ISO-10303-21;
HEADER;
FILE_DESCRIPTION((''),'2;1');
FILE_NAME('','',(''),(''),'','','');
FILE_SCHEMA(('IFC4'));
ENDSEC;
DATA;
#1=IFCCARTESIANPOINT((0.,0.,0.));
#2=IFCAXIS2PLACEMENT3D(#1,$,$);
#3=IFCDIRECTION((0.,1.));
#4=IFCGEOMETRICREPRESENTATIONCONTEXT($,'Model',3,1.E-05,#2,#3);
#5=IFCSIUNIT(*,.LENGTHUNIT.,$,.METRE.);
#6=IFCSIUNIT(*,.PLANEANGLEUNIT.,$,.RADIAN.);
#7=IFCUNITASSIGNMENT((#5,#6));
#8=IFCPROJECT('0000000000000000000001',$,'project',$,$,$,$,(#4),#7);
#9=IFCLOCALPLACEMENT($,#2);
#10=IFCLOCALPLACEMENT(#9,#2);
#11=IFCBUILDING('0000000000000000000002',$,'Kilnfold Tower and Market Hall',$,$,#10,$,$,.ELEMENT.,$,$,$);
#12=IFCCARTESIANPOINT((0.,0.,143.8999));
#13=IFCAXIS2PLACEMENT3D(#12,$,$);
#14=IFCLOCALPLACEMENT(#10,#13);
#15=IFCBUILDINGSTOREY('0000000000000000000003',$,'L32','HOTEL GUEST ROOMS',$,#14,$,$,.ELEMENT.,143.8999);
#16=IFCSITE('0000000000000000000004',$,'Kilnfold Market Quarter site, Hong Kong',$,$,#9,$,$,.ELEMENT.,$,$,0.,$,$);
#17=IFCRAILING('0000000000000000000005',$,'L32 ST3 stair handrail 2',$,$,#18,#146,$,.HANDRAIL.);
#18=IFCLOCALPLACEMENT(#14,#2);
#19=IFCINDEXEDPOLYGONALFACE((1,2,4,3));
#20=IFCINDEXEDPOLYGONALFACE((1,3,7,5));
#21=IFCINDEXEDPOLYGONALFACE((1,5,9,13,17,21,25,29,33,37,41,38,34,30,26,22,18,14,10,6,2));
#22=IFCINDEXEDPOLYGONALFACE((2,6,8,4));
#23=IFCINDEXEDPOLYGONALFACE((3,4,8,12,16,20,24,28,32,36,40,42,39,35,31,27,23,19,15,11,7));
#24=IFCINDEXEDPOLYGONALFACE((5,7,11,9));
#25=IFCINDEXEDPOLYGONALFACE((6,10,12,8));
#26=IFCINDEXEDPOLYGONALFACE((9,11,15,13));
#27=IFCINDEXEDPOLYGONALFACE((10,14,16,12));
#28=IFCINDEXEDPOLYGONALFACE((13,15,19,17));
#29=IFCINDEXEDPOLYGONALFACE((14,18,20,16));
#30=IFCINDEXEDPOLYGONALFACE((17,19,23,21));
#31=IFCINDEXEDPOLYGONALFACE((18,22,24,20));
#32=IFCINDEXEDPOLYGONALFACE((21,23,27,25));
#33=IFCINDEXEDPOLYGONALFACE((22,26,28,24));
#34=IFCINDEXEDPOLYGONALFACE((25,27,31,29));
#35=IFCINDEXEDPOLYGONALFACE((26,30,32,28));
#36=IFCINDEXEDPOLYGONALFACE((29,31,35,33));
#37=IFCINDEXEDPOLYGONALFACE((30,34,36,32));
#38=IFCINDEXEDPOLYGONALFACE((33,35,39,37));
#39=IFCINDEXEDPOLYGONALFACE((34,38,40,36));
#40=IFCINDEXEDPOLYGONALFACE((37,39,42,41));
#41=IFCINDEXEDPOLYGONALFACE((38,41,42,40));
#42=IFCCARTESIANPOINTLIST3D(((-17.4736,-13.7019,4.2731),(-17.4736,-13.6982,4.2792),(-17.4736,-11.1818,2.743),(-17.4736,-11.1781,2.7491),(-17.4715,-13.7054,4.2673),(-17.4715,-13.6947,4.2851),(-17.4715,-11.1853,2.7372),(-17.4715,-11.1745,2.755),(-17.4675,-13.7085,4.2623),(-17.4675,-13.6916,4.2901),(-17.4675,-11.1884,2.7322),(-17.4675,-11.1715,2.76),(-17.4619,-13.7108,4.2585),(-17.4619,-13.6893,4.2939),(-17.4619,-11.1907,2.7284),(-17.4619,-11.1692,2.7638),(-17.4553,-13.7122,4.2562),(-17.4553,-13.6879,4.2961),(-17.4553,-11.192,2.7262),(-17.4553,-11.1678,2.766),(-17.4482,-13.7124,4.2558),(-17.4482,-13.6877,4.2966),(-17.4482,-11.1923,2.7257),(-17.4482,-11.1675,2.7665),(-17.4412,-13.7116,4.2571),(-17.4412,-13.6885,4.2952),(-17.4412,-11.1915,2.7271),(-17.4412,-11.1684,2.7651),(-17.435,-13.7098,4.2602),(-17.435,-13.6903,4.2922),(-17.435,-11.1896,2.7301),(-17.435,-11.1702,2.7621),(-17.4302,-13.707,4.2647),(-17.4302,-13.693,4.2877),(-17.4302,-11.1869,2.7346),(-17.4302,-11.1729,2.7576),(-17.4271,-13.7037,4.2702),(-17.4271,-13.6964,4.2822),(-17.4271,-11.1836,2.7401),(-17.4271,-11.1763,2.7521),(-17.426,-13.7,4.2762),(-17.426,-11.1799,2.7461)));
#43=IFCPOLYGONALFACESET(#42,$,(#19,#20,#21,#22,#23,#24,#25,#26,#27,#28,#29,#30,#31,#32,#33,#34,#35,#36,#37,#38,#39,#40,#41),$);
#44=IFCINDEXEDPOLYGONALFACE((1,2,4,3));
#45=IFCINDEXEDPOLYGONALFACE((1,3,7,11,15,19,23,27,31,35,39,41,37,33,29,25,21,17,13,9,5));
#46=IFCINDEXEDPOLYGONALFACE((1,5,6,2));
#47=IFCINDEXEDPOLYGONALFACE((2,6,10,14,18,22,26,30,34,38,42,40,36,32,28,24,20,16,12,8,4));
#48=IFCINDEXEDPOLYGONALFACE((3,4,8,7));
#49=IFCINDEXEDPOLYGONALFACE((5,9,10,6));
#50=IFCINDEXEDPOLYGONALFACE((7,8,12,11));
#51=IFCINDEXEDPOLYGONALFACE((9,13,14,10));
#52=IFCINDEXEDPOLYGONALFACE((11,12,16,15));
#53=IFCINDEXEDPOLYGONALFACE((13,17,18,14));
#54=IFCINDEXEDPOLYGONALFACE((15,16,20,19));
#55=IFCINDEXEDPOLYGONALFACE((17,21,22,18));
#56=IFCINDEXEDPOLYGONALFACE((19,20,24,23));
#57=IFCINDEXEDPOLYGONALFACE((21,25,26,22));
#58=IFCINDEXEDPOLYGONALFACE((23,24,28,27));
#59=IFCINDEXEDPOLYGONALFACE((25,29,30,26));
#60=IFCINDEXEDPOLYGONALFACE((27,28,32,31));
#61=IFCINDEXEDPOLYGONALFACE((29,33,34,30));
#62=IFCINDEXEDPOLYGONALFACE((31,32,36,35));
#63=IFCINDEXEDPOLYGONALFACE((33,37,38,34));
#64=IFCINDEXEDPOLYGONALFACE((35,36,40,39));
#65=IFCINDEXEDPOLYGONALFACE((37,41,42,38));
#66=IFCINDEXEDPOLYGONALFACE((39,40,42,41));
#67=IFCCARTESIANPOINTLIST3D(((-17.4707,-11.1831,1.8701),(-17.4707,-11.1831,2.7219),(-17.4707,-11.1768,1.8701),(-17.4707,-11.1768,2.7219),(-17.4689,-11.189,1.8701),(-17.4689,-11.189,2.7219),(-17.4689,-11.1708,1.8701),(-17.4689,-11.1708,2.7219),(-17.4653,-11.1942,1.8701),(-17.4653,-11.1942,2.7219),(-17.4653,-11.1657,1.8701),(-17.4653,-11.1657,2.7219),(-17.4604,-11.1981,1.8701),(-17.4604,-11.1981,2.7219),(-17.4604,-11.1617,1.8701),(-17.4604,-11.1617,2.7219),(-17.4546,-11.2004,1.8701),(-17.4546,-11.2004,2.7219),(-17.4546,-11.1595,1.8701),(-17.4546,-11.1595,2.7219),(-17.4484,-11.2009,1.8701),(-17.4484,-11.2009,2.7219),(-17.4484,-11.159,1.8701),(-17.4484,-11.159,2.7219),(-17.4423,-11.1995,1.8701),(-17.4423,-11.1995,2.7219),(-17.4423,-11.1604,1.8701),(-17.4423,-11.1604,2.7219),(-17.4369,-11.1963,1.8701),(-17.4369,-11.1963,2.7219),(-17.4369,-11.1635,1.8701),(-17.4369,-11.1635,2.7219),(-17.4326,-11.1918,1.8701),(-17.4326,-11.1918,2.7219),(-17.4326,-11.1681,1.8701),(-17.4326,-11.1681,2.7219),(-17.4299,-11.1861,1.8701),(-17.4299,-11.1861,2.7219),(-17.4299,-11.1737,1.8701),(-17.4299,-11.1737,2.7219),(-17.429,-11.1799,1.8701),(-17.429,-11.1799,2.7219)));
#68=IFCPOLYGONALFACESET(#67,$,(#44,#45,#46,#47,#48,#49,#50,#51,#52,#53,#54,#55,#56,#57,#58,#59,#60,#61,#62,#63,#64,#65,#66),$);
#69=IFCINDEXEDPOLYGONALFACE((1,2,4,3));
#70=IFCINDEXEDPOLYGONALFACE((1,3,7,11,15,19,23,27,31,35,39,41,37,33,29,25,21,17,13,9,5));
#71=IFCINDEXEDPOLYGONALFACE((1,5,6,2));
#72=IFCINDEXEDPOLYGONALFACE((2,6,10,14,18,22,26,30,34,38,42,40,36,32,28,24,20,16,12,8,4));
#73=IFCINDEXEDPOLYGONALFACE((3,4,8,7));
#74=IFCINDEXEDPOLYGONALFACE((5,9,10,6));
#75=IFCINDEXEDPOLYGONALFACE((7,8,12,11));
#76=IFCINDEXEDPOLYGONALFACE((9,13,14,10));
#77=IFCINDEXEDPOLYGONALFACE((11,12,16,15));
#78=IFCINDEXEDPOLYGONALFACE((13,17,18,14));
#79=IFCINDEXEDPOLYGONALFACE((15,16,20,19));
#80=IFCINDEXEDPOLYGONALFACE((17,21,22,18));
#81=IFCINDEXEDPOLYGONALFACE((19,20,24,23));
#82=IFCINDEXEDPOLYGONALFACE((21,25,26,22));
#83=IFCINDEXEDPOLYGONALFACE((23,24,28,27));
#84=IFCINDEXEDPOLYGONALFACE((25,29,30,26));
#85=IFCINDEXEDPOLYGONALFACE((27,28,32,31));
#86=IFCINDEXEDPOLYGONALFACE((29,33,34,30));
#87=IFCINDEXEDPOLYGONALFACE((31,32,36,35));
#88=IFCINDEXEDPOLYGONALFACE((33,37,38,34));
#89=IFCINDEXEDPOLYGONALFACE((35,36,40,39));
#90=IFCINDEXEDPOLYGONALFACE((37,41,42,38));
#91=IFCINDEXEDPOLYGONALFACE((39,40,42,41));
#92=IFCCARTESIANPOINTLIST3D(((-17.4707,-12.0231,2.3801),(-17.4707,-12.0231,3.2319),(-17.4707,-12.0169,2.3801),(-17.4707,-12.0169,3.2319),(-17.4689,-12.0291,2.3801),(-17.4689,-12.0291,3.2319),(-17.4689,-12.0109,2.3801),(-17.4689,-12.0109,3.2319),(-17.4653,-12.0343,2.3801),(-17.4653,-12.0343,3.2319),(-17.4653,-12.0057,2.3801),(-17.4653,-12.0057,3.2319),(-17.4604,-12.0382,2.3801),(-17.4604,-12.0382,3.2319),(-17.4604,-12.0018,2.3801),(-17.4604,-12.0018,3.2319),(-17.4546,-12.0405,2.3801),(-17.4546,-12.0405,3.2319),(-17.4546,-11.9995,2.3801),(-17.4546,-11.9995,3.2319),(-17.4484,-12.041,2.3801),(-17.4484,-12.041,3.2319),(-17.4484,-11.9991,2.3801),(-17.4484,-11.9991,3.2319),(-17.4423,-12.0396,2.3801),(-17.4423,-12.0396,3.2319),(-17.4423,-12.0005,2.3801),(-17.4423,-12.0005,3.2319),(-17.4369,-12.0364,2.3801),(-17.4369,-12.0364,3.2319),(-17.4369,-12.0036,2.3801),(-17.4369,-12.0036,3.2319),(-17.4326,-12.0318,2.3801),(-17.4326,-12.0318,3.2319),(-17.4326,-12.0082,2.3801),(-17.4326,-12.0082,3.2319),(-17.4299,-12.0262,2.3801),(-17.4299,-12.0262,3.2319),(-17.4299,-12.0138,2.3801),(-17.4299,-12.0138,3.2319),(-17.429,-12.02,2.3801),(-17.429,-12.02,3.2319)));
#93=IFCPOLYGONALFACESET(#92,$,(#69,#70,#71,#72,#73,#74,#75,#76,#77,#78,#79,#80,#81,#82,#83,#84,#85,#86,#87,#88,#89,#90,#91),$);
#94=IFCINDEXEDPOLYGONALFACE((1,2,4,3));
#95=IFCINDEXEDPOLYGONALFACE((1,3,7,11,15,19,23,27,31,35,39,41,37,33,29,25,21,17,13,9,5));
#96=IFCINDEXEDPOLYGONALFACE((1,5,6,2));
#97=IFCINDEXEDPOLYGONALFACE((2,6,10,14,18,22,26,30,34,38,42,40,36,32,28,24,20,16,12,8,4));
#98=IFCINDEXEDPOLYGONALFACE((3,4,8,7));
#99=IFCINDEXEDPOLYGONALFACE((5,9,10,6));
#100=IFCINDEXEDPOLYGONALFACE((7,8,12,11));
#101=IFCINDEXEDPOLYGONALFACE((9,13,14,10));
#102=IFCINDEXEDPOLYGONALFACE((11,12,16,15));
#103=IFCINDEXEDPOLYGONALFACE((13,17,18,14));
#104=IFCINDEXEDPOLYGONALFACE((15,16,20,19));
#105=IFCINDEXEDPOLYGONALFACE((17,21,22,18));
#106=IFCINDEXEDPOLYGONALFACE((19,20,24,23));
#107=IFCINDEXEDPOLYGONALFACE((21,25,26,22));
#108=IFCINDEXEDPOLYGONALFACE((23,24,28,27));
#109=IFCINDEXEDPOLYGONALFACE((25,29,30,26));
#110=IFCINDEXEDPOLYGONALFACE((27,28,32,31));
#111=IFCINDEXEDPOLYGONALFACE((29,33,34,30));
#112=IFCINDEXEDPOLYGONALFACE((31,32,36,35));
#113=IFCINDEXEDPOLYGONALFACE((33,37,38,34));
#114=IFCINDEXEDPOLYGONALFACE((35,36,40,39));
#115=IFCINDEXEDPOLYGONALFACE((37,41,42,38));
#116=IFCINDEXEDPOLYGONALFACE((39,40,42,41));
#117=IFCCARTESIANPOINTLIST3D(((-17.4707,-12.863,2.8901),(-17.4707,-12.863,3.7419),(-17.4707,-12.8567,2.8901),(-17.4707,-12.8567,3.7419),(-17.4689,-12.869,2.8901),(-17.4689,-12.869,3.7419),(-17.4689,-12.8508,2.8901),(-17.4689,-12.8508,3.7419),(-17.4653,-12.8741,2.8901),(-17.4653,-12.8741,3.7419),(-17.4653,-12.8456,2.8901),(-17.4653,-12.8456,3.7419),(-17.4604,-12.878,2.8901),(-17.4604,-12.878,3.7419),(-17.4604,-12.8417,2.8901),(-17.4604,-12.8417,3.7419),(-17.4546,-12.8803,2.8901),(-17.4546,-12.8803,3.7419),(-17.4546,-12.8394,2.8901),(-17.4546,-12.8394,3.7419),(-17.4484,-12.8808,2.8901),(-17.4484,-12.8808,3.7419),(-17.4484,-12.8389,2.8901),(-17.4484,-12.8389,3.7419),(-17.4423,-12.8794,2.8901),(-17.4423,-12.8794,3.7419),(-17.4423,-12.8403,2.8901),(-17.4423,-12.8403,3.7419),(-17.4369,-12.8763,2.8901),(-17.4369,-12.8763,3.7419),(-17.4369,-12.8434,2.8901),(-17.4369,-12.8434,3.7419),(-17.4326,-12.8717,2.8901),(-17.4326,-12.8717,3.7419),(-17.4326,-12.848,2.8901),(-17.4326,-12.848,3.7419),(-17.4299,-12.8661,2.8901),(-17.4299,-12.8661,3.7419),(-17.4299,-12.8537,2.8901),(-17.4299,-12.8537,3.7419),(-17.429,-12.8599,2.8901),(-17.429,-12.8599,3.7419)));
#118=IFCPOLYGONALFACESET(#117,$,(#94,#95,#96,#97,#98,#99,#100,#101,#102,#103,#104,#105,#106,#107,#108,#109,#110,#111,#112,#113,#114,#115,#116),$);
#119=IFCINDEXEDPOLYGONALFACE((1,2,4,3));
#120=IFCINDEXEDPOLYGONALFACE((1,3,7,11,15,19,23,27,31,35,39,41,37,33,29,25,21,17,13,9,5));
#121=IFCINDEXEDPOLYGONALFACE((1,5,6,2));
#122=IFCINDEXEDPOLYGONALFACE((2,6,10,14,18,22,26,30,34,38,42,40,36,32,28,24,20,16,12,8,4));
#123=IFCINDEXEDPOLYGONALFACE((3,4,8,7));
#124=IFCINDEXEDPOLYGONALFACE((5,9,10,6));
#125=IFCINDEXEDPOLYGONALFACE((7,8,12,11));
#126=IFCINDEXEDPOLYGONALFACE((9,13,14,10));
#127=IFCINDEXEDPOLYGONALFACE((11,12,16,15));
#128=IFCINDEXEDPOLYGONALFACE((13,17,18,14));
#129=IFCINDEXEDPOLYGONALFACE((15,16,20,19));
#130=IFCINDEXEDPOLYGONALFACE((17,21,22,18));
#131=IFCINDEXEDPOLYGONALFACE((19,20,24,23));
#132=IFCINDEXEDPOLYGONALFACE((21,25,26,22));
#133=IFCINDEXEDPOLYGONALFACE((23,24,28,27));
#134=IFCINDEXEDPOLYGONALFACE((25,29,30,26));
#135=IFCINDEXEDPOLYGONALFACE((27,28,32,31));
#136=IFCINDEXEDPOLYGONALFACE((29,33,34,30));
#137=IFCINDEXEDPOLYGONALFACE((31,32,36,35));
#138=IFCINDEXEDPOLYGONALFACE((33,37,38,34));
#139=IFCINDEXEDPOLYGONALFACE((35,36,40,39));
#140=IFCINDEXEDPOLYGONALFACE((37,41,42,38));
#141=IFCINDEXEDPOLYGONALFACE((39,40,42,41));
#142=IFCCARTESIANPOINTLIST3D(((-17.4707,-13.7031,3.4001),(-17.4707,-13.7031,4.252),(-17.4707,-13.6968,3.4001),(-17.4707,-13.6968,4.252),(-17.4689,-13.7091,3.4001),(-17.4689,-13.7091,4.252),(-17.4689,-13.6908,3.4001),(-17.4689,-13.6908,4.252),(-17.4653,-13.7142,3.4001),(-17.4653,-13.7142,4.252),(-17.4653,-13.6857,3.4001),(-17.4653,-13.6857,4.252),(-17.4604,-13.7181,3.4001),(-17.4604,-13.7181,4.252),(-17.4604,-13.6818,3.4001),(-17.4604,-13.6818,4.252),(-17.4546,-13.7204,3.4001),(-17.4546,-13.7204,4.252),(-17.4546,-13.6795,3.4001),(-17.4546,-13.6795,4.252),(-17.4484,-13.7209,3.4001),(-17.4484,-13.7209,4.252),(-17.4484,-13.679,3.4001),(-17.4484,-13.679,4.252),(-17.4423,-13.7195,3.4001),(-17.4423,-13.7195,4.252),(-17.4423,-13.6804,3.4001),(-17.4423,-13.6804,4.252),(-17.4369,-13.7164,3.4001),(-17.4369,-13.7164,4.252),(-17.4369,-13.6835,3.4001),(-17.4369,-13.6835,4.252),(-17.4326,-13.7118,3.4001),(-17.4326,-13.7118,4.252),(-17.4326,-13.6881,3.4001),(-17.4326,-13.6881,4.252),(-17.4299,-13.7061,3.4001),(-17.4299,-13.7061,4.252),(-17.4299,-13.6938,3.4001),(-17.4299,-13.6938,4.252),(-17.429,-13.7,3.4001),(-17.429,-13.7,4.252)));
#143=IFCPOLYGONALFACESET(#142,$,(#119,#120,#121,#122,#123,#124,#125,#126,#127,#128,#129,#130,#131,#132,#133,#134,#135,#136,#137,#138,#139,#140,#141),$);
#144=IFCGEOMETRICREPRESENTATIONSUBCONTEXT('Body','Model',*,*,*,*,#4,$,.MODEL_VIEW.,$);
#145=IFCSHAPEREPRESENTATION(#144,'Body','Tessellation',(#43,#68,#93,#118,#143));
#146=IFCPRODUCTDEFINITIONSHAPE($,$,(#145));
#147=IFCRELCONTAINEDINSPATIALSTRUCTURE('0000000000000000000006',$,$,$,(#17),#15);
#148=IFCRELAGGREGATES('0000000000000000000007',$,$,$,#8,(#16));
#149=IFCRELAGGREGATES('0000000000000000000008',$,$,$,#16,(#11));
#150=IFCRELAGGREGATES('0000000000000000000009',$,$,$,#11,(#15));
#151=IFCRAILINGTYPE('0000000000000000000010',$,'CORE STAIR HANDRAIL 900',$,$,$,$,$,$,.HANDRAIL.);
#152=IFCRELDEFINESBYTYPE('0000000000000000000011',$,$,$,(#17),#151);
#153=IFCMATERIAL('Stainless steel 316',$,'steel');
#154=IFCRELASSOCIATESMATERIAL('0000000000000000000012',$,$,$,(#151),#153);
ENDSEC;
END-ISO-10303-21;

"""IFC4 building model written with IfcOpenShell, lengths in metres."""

from ifc_helpers import new_model, si_unit, direction, frame, origin, origin_2d, place, context, subcontext, project, spatial, circle, extrude, material, type_object, element, save


model = new_model("IFC4")

# Units and contexts
model_context = context("Model", 3, precision=1e-05, world=origin(), true_north=direction((0.0, 1.0)))
body_context = subcontext(model_context, "Body", "Model", "MODEL_VIEW")
ifc_project = project(units=[si_unit("LENGTHUNIT", "METRE"), si_unit("PLANEANGLEUNIT", "RADIAN")], contexts=[model_context])

# Site, building, storey
site_placement = place(None, origin())
site = spatial("IfcSite", under=ifc_project, at=site_placement, Name="Kilnfold Market Quarter site, Hong Kong", CompositionType="ELEMENT", RefElevation=0.0)
building_placement = place(site_placement, origin())
building = spatial("IfcBuilding", under=site, at=building_placement, Name="Kilnfold Tower and Market Hall", CompositionType="ELEMENT")
storey_placement = place(building_placement, frame((0.0, 0.0, 143.8999)))
storey = spatial("IfcBuildingStorey", under=building, at=storey_placement, Name="L32", Description="HOTEL GUEST ROOMS", CompositionType="ELEMENT", Elevation=143.8999)

# Railing
ifc_material_1 = material(Name="Stainless steel 316", Category="steel")
railing_type = type_object("IfcRailingType", Name="CORE STAIR HANDRAIL 900", PredefinedType="HANDRAIL", material=ifc_material_1)
railing_1_placement = place(storey_placement, frame((-17.45, -11.1799, 1.8701)))
element("IfcRailing", 1, at=railing_1_placement, inside=storey, type_object=railing_type, Name="L32 ST3 stair handrail 2", PredefinedType="HANDRAIL", context=body_context, shape_type="SweptSolid", body=[
    extrude(circle(Radius=0.0239, at=origin_2d()), frame((0.0, 0.0, 0.876), z_axis=(0.0, -0.854785, 0.518982), x_axis=(1.0, 0.0, 0.0)), (0.0, 0.0, 1.0), 2.9482),
    extrude(circle(Radius=0.021, at=origin_2d()), origin(), (0.0, 0.0, 1.0), 0.8518),
    extrude(circle(Radius=0.021, at=origin_2d()), frame((0.0, -0.8401, 0.51)), (0.0, 0.0, 1.0), 0.8518),
    extrude(circle(Radius=0.021, at=origin_2d()), frame((0.0, -1.6799, 1.02)), (0.0, 0.0, 1.0), 0.8518),
    extrude(circle(Radius=0.021, at=origin_2d()), frame((0.0, -2.52, 1.53)), (0.0, 0.0, 1.0), 0.8518),
])

save(model, "model.ifc")
